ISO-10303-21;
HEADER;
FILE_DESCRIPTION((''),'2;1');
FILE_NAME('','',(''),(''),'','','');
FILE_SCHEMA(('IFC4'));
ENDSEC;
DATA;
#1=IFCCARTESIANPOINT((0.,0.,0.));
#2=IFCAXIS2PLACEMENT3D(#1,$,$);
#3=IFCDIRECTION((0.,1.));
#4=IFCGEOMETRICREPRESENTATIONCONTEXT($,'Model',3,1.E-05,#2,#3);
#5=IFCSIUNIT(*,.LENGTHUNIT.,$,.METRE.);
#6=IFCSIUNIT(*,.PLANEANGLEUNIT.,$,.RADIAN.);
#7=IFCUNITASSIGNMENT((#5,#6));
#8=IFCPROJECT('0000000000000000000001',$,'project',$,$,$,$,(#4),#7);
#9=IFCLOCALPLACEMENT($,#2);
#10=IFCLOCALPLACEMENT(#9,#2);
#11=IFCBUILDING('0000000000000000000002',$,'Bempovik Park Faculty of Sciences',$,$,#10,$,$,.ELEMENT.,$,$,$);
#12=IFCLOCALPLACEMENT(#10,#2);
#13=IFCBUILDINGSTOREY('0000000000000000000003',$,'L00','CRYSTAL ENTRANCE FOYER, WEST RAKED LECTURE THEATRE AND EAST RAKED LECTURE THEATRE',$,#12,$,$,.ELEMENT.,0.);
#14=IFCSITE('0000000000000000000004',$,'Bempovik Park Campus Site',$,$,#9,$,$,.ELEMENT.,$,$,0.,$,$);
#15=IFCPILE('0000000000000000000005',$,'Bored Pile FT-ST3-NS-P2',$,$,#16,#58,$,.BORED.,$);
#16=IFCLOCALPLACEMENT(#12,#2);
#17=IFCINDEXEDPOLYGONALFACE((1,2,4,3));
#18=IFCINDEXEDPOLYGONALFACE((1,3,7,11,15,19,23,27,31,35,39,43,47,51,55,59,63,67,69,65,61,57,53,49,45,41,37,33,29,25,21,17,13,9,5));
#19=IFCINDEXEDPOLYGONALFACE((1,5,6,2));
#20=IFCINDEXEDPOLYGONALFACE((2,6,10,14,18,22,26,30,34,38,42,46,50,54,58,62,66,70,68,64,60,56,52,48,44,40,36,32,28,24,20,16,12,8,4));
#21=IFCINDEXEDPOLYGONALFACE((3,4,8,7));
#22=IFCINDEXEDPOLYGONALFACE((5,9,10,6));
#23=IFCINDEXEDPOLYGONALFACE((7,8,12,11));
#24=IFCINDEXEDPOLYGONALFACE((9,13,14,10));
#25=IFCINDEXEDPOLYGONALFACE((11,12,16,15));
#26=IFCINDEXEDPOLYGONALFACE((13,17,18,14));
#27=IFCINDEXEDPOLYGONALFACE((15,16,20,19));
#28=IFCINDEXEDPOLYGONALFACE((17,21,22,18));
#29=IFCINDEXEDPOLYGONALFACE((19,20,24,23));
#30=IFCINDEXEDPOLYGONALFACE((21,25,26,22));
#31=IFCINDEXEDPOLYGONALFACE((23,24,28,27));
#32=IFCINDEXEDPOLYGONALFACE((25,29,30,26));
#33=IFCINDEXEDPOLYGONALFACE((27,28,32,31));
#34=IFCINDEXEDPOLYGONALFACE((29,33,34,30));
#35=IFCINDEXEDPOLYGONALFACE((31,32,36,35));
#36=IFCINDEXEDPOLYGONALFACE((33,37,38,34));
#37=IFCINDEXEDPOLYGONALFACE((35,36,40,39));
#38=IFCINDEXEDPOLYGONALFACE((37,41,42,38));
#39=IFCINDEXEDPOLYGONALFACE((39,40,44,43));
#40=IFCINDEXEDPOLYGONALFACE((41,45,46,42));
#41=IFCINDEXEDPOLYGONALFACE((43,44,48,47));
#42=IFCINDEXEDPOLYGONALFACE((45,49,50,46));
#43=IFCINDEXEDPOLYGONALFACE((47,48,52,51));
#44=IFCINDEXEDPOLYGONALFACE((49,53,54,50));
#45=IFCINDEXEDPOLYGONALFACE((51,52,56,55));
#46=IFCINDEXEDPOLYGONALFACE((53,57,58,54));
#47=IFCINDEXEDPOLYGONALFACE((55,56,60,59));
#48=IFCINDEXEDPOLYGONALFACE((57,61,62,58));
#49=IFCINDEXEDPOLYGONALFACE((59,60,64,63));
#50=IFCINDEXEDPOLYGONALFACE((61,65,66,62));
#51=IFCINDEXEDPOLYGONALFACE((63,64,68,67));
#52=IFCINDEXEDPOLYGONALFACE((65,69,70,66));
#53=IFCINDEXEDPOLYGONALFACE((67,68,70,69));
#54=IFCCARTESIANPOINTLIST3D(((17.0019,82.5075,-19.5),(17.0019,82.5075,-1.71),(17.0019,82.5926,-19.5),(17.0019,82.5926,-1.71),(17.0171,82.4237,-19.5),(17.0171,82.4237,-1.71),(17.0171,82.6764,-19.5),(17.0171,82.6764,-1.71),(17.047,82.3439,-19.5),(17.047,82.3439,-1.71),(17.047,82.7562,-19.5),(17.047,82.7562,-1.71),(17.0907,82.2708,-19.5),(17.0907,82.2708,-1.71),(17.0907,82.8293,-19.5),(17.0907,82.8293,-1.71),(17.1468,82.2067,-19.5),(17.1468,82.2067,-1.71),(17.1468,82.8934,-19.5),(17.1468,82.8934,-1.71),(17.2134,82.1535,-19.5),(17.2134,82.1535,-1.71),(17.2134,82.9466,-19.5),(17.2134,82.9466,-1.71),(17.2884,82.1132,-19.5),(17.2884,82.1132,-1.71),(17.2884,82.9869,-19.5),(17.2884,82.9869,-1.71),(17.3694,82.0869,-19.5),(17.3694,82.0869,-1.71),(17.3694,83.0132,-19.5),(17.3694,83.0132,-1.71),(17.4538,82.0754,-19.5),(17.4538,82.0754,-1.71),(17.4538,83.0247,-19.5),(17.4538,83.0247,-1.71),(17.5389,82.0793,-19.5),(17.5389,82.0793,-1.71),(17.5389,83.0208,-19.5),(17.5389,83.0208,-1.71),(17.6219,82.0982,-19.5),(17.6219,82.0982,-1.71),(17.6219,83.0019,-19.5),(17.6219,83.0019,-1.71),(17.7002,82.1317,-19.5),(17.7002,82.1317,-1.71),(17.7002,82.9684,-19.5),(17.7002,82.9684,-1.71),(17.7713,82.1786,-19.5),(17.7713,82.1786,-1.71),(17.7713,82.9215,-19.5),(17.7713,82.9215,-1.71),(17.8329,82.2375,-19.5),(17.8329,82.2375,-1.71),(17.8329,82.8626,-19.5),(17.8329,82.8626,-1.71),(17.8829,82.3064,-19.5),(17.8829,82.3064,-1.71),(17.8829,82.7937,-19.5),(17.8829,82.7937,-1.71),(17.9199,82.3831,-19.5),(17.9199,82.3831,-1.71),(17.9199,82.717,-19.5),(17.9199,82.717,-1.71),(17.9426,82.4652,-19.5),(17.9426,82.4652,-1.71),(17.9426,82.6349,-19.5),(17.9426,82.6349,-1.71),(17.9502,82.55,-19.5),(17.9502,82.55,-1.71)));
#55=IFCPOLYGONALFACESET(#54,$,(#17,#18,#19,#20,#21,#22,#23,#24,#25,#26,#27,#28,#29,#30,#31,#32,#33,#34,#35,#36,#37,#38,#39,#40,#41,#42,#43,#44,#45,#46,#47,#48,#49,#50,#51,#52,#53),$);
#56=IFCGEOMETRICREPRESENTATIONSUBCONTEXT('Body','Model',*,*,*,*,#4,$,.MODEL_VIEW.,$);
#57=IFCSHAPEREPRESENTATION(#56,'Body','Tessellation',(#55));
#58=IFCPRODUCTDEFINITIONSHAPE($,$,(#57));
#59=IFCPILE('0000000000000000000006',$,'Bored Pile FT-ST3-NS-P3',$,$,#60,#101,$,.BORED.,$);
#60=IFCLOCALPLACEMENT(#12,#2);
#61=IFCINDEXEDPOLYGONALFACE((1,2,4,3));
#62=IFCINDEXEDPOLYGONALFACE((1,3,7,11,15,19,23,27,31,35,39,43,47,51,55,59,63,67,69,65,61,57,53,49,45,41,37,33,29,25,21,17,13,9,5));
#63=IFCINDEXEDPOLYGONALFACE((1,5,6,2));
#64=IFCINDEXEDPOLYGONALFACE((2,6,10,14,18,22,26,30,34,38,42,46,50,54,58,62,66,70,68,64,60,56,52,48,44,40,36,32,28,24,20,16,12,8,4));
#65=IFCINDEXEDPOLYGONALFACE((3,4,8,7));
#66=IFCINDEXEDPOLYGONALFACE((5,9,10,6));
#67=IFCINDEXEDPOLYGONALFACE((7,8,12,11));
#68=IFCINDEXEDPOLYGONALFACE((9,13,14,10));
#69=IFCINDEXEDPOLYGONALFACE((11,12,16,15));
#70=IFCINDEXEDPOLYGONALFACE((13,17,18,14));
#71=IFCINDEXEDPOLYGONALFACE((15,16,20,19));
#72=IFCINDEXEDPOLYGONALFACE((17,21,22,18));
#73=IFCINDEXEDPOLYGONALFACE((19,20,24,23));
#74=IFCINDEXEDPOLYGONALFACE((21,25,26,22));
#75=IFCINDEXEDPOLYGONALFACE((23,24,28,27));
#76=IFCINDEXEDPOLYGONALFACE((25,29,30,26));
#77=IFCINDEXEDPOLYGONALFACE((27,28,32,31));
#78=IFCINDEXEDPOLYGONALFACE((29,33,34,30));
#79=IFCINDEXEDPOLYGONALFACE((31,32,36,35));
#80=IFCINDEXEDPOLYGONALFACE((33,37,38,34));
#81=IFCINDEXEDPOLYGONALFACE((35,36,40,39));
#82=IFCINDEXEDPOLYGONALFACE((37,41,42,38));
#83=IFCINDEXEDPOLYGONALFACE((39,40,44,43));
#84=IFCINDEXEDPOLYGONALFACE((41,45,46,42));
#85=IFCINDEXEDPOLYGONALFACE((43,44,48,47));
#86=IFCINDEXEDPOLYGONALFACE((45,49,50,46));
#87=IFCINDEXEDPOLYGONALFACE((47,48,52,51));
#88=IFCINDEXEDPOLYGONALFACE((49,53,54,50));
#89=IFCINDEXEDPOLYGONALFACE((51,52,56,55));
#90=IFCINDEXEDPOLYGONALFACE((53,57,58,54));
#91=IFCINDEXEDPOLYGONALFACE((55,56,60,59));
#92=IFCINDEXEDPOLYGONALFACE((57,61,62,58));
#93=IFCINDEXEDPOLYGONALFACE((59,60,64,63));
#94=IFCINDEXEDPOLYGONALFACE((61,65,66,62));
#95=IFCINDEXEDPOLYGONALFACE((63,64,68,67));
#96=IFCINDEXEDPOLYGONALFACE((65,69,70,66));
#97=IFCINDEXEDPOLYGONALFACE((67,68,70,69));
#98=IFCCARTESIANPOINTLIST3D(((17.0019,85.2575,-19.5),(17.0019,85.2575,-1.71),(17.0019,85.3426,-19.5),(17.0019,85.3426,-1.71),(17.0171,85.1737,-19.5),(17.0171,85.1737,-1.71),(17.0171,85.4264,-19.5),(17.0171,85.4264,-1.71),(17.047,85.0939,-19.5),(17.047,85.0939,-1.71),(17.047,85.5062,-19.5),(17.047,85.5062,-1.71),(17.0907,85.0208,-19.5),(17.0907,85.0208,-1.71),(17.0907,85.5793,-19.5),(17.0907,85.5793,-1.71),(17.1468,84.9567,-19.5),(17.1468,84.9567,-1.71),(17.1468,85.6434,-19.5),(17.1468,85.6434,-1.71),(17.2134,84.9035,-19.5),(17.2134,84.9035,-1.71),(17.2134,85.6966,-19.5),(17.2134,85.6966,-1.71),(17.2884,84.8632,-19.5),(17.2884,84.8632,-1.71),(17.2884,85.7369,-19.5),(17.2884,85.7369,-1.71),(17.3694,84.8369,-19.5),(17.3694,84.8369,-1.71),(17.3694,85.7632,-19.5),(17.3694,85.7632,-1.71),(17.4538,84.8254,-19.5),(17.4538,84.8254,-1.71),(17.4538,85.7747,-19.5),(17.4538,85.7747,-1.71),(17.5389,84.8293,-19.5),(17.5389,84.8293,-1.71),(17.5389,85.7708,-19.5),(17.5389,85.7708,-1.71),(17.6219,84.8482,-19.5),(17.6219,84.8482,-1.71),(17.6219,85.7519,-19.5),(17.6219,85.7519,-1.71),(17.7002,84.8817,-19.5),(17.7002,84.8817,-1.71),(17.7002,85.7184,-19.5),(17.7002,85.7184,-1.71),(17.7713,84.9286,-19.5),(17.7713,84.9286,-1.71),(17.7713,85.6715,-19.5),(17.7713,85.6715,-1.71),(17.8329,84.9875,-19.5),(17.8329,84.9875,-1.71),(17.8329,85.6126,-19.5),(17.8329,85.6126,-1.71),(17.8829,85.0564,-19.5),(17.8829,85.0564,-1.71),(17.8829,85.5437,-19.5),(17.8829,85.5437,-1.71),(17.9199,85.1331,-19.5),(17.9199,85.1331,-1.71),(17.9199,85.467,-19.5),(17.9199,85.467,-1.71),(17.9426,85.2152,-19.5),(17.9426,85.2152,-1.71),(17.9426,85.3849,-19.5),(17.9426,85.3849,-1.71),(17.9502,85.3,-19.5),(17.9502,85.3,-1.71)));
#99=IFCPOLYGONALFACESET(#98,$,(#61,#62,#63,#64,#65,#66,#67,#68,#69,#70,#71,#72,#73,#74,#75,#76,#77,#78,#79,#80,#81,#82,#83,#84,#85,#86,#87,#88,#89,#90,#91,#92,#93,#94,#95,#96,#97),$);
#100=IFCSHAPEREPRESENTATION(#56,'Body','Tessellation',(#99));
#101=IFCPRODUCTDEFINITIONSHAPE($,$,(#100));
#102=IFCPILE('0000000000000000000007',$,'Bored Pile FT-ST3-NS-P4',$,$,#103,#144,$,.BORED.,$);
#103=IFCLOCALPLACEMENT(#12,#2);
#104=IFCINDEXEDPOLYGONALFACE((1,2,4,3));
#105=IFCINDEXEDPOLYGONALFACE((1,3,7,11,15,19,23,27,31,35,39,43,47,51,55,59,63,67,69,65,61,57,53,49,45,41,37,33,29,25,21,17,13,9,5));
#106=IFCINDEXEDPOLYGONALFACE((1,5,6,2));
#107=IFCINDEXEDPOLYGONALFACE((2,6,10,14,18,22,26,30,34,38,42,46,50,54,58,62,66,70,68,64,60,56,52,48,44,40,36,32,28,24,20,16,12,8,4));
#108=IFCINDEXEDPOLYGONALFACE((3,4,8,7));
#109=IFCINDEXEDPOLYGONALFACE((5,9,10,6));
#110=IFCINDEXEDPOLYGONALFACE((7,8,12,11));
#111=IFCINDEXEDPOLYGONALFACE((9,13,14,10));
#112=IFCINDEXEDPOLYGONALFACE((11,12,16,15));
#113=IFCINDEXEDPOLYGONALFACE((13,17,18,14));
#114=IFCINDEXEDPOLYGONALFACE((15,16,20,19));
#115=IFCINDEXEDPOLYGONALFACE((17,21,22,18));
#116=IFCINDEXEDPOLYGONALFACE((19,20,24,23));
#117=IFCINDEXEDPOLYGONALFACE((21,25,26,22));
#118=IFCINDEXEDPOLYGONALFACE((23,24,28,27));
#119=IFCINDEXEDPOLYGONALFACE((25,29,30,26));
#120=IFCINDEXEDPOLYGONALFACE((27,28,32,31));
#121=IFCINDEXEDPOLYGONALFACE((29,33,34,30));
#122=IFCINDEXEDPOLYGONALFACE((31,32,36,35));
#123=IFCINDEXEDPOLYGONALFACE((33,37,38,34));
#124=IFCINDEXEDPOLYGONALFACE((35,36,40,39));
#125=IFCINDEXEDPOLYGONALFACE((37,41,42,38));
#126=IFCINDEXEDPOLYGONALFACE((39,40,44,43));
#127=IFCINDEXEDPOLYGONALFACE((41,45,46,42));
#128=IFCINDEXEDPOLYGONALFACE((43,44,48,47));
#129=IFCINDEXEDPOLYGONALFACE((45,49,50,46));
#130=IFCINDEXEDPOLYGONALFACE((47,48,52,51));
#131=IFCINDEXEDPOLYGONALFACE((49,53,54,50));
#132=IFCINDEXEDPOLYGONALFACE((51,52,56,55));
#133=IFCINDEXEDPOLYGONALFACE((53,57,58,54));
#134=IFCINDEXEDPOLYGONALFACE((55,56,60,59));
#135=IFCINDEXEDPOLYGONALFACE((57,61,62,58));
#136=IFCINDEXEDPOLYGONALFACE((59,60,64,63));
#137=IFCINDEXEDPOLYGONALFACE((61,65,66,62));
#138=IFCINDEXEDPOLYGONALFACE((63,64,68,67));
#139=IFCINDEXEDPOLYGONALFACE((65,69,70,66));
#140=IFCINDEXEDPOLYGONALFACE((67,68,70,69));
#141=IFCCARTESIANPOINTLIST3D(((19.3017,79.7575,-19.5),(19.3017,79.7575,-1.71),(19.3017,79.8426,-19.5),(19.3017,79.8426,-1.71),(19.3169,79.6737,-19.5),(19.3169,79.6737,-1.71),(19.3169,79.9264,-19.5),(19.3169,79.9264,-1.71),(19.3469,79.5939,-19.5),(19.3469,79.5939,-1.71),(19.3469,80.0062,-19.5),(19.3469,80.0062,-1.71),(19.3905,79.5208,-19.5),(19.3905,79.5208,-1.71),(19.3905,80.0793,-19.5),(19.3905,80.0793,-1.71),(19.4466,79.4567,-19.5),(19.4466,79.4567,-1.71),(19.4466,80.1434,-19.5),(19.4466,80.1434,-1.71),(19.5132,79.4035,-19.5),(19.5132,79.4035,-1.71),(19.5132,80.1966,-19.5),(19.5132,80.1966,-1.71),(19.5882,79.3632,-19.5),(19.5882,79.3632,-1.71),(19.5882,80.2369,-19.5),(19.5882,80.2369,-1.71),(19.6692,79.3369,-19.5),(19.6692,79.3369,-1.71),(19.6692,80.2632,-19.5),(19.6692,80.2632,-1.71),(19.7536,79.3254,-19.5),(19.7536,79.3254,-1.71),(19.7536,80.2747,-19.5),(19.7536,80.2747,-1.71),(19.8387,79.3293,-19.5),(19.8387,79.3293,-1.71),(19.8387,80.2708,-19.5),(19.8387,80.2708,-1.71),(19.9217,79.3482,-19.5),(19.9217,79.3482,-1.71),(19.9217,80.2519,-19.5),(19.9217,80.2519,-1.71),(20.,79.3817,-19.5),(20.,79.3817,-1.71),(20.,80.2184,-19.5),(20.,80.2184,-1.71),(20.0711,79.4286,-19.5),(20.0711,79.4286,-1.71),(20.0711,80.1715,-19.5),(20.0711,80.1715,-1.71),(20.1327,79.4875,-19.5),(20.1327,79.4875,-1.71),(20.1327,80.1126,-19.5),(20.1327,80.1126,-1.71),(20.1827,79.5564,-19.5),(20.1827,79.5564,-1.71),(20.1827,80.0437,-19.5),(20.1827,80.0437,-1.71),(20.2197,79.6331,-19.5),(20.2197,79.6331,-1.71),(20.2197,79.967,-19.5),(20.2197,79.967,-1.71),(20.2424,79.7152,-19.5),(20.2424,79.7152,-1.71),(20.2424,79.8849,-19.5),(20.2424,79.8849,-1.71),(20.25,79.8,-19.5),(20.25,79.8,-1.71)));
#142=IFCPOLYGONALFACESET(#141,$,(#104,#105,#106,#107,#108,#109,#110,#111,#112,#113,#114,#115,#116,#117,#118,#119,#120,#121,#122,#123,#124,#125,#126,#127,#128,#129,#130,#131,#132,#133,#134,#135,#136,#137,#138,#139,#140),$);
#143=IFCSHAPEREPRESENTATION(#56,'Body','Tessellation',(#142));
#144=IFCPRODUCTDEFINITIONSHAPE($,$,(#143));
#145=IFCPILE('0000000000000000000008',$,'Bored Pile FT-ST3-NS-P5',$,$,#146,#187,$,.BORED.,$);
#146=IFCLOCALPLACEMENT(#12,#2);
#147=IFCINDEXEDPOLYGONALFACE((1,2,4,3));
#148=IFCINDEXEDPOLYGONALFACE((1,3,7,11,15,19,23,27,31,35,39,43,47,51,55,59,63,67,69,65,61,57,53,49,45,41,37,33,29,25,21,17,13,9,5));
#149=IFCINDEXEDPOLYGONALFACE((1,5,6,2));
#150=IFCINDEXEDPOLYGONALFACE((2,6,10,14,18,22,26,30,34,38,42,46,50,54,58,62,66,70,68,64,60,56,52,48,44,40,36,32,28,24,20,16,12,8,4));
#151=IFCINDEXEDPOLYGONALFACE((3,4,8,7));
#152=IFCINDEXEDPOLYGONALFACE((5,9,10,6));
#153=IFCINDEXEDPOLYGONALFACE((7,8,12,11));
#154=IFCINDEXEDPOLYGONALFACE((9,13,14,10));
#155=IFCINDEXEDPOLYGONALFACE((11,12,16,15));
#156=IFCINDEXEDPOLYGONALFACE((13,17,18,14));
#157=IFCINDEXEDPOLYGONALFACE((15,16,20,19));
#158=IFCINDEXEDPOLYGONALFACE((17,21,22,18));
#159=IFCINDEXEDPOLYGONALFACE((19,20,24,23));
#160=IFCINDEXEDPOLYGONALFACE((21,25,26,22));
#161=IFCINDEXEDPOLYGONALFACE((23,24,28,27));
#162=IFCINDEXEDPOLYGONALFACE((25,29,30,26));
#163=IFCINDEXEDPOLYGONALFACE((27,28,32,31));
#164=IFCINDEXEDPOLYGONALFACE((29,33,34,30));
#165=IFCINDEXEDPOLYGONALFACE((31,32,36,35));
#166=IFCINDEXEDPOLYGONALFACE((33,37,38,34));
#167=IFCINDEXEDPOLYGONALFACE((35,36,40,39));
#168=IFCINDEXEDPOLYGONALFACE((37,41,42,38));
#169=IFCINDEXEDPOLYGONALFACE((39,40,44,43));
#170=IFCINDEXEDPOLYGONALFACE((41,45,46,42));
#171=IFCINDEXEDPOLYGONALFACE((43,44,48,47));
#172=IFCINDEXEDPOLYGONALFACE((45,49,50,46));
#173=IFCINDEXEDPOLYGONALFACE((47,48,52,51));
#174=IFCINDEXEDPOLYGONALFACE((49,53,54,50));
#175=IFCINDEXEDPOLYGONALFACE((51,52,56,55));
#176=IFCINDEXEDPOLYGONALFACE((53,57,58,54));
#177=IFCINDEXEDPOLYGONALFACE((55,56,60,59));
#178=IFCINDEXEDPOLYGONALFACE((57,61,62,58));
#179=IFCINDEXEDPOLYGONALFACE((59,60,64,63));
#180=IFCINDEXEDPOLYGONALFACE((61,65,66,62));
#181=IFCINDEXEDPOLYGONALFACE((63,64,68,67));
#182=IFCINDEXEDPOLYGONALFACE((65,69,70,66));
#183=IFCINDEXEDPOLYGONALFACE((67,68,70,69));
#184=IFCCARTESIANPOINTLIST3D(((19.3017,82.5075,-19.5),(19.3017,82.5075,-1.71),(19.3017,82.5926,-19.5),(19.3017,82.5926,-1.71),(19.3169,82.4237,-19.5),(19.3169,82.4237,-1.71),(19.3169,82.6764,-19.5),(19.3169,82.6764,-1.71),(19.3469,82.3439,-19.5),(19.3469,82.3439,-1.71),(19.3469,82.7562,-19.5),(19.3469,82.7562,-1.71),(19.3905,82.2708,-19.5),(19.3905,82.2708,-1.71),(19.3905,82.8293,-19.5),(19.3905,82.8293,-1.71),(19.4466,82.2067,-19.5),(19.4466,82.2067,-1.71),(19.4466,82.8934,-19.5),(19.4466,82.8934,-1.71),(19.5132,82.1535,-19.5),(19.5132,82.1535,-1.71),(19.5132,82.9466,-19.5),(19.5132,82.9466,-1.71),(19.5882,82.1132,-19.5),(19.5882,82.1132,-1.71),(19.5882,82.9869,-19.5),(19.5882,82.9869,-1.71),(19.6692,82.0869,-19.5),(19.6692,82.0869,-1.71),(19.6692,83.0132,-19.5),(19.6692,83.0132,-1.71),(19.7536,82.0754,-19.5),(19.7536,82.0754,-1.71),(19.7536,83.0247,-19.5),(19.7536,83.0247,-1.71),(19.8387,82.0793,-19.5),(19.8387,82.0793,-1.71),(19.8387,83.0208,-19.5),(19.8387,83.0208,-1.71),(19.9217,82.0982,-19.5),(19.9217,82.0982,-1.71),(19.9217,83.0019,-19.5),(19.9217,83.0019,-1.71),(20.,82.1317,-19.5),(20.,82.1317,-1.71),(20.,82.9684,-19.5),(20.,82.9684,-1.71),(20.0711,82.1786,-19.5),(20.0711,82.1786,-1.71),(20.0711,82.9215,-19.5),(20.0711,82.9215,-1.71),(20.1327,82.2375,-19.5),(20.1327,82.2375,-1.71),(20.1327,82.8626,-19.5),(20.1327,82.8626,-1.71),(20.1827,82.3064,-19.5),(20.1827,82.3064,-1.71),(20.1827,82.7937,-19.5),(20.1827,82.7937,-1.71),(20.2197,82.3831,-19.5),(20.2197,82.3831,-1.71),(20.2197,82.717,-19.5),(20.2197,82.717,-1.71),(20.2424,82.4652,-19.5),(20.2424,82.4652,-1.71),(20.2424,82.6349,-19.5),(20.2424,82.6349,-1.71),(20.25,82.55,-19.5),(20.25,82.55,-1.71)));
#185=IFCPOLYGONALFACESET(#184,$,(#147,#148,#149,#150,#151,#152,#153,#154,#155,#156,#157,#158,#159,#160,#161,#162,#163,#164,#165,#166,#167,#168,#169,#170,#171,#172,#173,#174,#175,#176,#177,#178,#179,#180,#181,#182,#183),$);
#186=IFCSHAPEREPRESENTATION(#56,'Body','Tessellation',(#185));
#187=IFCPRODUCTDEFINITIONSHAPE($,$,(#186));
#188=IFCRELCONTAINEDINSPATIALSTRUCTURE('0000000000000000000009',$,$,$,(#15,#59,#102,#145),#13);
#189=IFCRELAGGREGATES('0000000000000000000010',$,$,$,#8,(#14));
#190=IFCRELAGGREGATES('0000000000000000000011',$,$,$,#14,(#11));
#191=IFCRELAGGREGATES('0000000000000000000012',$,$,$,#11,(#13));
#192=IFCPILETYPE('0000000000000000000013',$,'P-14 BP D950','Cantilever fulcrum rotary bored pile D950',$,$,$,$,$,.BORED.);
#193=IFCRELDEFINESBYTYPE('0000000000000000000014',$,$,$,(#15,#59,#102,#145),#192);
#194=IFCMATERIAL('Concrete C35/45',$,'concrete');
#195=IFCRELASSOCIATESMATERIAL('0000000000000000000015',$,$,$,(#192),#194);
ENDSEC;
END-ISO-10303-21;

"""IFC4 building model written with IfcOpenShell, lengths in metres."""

from ifc_helpers import new_model, si_unit, direction, frame, origin, origin_2d, place, context, subcontext, project, spatial, circle, extrude, material, material_profile, profile_set, type_object, element, save


model = new_model("IFC4")

# Units and contexts
model_context = context("Model", 3, precision=1e-05, world=origin(), true_north=direction((0.0, 1.0)))
body_context = subcontext(model_context, "Body", "Model", "MODEL_VIEW")
ifc_project = project(units=[si_unit("LENGTHUNIT", "METRE"), si_unit("PLANEANGLEUNIT", "RADIAN")], contexts=[model_context])

# Site, building, storey
site_placement = place(None, origin())
site = spatial("IfcSite", under=ifc_project, at=site_placement, Name="Bempovik Park Campus Site", CompositionType="ELEMENT", RefElevation=0.0)
building_placement = place(site_placement, origin())
building = spatial("IfcBuilding", under=site, at=building_placement, Name="Bempovik Park Faculty of Sciences", CompositionType="ELEMENT")
storey_placement = place(building_placement, origin())
storey = spatial("IfcBuildingStorey", under=building, at=storey_placement, Name="L00", Description="CRYSTAL ENTRANCE FOYER, WEST RAKED LECTURE THEATRE AND EAST RAKED LECTURE THEATRE", CompositionType="ELEMENT", Elevation=0.0)

# Shared definitions
ifc_material_1 = material(Name="Concrete C35/45", Category="concrete")

# Piles
ifc_material_profile_1 = material_profile(ifc_material_1, circle(Radius=0.4751, at=origin_2d()), Name="BP D950")
ifc_profile_set_1 = profile_set([ifc_material_profile_1], Name="Concrete C35/45")
pile_type_1 = type_object("IfcPileType", Name="P-14 BP D950", Description="Cantilever fulcrum rotary bored pile D950", PredefinedType="BORED", material=ifc_profile_set_1)
for number, where, z_axis, x_axis, name in (
    (1, (17.4751, 82.55, -1.71), (0.0, 0.0, -1.0), (1.0, 0.0, 0.0), "Bored Pile FT-ST3-NS-P2"),
    (2, (17.4751, 85.3, -1.71), (0.0, 0.0, -1.0), (1.0, 0.0, 0.0), "Bored Pile FT-ST3-NS-P3"),
    (3, (19.7749, 79.8, -1.71), (0.0, 0.0, -1.0), (1.0, 0.0, 0.0), "Bored Pile FT-ST3-NS-P4"),
    (4, (19.7749, 82.55, -1.71), (0.0, 0.0, -1.0), (1.0, 0.0, 0.0), "Bored Pile FT-ST3-NS-P5"),
):
    element("IfcPile", number, at=place(storey_placement, frame(where, z_axis=z_axis, x_axis=x_axis)), inside=storey, type_object=pile_type_1, Name=name, PredefinedType="BORED", context=body_context, shape_type="SweptSolid", body=[
        extrude(circle(Radius=0.4751, at=origin_2d()), origin(), (0.0, 0.0, 1.0), 17.79),
    ])

save(model, "model.ifc")
